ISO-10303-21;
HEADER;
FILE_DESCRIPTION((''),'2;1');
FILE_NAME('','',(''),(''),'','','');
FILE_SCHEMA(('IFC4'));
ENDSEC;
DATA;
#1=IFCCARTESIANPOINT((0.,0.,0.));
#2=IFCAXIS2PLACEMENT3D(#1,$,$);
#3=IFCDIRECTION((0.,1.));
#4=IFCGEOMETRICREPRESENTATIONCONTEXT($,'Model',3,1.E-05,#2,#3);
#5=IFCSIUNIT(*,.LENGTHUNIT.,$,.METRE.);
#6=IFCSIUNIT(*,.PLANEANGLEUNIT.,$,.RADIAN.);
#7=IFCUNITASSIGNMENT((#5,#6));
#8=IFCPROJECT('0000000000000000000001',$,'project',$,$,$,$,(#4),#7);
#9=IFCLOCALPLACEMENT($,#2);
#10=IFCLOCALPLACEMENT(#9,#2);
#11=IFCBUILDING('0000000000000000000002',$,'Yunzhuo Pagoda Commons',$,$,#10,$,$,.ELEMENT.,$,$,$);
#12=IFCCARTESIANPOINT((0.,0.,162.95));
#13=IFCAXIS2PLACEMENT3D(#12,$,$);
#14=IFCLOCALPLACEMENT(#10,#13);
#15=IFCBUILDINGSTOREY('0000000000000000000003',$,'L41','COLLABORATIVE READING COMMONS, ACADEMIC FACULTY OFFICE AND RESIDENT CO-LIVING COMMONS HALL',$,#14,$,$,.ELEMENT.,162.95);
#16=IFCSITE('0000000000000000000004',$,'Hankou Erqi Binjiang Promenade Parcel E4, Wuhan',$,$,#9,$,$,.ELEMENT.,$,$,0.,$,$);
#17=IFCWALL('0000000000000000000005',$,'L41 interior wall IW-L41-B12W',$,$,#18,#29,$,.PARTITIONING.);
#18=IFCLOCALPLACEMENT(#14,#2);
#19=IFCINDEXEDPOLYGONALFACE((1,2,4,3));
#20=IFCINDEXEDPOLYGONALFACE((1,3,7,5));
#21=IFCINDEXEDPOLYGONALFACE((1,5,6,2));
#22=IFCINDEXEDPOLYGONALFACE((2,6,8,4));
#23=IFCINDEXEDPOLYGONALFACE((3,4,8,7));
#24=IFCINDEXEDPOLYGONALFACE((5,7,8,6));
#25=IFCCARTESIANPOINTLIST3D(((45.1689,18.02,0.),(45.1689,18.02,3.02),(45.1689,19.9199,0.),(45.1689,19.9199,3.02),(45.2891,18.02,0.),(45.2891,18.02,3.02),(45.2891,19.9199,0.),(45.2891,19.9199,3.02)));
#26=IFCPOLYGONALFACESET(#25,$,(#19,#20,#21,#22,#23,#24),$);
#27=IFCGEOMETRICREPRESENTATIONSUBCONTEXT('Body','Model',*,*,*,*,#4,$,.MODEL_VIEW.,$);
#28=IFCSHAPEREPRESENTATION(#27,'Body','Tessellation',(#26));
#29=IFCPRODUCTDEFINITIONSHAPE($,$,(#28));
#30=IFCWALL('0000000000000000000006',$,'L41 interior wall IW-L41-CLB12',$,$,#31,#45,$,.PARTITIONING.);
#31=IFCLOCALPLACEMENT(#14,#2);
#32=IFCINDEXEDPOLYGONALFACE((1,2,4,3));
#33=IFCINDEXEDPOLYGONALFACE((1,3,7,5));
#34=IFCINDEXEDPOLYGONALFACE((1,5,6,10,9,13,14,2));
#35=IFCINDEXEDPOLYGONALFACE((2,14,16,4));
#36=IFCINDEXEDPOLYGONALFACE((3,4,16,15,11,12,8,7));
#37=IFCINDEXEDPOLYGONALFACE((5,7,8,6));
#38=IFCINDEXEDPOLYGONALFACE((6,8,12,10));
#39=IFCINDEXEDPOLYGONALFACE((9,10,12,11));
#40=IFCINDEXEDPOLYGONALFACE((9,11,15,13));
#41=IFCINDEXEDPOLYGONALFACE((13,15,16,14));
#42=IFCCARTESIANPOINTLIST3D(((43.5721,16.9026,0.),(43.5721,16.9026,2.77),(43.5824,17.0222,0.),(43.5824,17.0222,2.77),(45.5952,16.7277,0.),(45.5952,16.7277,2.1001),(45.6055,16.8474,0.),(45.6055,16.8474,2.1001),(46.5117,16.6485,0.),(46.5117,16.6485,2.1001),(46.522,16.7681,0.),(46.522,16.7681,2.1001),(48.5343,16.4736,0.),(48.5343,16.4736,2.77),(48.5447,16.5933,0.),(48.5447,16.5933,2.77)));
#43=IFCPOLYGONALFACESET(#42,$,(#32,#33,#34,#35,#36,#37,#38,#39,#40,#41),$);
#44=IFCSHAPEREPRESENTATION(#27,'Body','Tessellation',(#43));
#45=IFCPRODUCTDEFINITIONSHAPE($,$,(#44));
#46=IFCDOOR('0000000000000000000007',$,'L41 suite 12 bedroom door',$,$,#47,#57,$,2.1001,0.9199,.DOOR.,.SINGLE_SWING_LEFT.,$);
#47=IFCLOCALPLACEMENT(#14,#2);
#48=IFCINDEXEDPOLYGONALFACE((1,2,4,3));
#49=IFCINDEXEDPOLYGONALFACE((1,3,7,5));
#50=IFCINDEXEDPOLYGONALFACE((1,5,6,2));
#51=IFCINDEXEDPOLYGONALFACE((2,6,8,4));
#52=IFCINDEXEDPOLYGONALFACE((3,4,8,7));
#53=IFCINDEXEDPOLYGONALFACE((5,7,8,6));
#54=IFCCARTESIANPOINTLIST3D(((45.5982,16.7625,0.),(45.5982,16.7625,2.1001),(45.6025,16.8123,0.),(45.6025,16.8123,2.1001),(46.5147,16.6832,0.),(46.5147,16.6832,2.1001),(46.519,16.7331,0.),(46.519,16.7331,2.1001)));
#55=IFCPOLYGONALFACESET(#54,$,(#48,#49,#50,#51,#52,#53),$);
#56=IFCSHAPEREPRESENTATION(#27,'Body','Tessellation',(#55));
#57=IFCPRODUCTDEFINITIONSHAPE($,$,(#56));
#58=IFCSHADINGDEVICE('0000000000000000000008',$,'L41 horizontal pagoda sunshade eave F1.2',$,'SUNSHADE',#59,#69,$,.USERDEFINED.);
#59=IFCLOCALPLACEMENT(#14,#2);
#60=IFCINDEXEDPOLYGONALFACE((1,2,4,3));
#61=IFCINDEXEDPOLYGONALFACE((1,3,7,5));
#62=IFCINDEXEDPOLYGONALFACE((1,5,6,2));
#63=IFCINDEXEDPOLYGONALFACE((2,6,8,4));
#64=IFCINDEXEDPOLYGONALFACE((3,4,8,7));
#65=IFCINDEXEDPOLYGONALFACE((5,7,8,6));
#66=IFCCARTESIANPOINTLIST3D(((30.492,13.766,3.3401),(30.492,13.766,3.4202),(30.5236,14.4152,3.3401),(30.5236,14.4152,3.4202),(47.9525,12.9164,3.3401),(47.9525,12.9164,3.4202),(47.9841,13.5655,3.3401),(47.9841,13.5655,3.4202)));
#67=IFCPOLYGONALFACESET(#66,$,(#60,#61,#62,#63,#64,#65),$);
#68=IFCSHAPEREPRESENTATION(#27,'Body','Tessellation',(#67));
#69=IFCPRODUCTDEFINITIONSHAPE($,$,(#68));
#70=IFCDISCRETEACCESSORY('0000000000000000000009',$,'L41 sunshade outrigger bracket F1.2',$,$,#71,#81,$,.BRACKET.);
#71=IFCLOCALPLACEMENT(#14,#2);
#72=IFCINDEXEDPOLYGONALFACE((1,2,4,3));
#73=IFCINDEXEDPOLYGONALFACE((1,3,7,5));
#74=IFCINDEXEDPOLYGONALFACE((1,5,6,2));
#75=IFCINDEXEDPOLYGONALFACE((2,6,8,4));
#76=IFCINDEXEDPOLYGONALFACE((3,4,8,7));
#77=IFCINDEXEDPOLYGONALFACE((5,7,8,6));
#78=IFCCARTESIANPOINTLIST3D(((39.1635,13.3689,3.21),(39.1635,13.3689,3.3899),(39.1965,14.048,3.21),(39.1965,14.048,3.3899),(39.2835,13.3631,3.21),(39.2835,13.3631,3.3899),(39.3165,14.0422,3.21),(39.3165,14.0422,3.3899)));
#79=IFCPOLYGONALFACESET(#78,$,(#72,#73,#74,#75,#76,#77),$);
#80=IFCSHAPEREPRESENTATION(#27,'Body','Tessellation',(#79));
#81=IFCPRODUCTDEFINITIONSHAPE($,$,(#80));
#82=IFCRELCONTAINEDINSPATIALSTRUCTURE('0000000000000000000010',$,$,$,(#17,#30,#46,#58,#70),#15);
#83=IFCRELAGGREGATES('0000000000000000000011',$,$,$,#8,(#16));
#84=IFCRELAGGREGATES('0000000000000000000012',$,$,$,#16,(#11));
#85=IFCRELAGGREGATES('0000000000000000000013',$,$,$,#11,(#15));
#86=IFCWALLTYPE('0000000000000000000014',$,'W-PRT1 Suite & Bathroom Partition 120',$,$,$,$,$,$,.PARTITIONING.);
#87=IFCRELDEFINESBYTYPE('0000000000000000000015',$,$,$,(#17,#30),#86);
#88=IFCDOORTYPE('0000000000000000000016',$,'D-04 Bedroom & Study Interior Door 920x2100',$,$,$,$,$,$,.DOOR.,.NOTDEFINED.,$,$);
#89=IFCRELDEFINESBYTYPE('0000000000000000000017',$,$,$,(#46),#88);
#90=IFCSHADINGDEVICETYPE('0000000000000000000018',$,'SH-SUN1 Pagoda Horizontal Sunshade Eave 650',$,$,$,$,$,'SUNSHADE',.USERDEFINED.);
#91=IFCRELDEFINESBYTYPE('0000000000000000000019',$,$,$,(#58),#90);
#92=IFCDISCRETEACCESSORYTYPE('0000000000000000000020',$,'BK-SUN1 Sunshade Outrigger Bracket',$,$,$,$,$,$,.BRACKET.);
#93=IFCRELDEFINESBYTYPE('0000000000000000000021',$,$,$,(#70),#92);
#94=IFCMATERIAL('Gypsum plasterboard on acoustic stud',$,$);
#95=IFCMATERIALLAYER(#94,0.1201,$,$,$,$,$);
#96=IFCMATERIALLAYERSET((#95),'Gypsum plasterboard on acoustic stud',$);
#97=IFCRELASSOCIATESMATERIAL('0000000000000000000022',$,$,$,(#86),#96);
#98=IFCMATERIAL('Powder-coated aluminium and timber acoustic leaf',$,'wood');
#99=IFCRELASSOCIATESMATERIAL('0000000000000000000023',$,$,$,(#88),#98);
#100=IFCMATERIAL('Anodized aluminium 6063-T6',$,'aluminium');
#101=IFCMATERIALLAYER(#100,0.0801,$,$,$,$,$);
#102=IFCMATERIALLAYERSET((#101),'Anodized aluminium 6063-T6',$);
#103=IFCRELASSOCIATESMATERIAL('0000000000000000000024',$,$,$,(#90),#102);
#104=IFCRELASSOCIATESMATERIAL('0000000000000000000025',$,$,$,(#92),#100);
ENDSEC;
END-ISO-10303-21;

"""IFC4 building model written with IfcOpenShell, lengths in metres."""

from ifc_helpers import new_model, si_unit, direction, frame, frame_2d, origin, origin_with_axes, origin_2d, place, context, subcontext, project, spatial, rectangle, extrude, source, transform, mapped, material, layer, layer_set, type_object, element, fill, save


model = new_model("IFC4")

# Units and contexts
model_context = context("Model", 3, precision=1e-05, world=origin(), true_north=direction((0.0, 1.0)))
body_context = subcontext(model_context, "Body", "Model", "MODEL_VIEW")
ifc_project = project(units=[si_unit("LENGTHUNIT", "METRE"), si_unit("PLANEANGLEUNIT", "RADIAN")], contexts=[model_context])

# Site, building, storey
site_placement = place(None, origin())
site = spatial("IfcSite", under=ifc_project, at=site_placement, Name="Hankou Erqi Binjiang Promenade Parcel E4, Wuhan", CompositionType="ELEMENT", RefElevation=0.0)
building_placement = place(site_placement, origin())
building = spatial("IfcBuilding", under=site, at=building_placement, Name="Yunzhuo Pagoda Commons", CompositionType="ELEMENT")
storey_placement = place(building_placement, frame((0.0, 0.0, 162.95)))
storey = spatial("IfcBuildingStorey", under=building, at=storey_placement, Name="L41", Description="COLLABORATIVE READING COMMONS, ACADEMIC FACULTY OFFICE AND RESIDENT CO-LIVING COMMONS HALL", CompositionType="ELEMENT", Elevation=162.95)

# Shared definitions
ifc_material_1 = material(Name="Anodized aluminium 6063-T6", Category="aluminium")

# Shared definitions
ifc_material_2 = material(Name="Gypsum plasterboard on acoustic stud")
ifc_layer_1 = layer(ifc_material_2, 0.1201)
ifc_layer_set_1 = layer_set([ifc_layer_1], Name="Gypsum plasterboard on acoustic stud")
wall_type = type_object("IfcWallType", Name="W-PRT1 Suite & Bathroom Partition 120", PredefinedType="PARTITIONING", material=ifc_layer_set_1)
ifc_material_3 = material(Name="Powder-coated aluminium and timber acoustic leaf", Category="wood")

# Wall
wall_1_placement = place(storey_placement, frame((45.229, 19.9199, 0.0), z_axis=(0.0, 0.0, 1.0), x_axis=(0.0, -1.0, 0.0)))
element("IfcWall", 1, at=wall_1_placement, inside=storey, type_object=wall_type, Name="L41 interior wall IW-L41-B12W", PredefinedType="PARTITIONING", context=body_context, shape_type="SweptSolid", body=[
    extrude(rectangle(XDim=1.8999, YDim=0.1201, at=frame_2d((0.95, 0.0))), origin(), (0.0, 0.0, 1.0), 3.02),
])

# Wall, opening, door
wall_2_placement = place(storey_placement, frame((43.5774, 16.9624, 0.0), z_axis=(0.0, 0.0, 1.0), x_axis=(0.996284, -0.086124, 0.0)))
wall_2 = element("IfcWall", 2, at=wall_2_placement, inside=storey, type_object=wall_type, Name="L41 interior wall IW-L41-CLB12", PredefinedType="PARTITIONING", context=body_context, shape_type="SweptSolid", body=[
    extrude(rectangle(XDim=4.9807, YDim=0.1201, at=frame_2d((2.4902, 0.0))), origin(), (0.0, 0.0, 1.0), 2.77),
])
opening_1_placement = place(wall_2_placement, frame((2.0305, 0.0, 0.0)))
opening_1 = element("IfcOpeningElement", 3, at=opening_1_placement, cuts=wall_2, PredefinedType="OPENING", context=body_context, shape_type="SweptSolid", body=[
    extrude(rectangle(XDim=0.9199, YDim=2.1001, at=frame_2d((0.46, 1.05))), frame((0.0, 0.0701, 0.0), z_axis=(0.0, -1.0, 0.0), x_axis=(1.0, 0.0, 0.0)), (0.0, 0.0, 1.0), 0.1401),
])
door_type_1 = type_object("IfcDoorType", Name="D-04 Bedroom & Study Interior Door 920x2100", OperationType="NOTDEFINED", PredefinedType="DOOR", material=ifc_material_3)
shared_shape_1 = source(origin(), body_context, "Body", "SweptSolid", [
    extrude(rectangle(XDim=0.9199, YDim=2.1001, at=frame_2d((0.46, 1.05))), frame((0.0, 0.0249, 0.0), z_axis=(0.0, -1.0, 0.0), x_axis=(1.0, 0.0, 0.0)), (0.0, 0.0, 1.0), 0.05),
])
door_1_placement = place(opening_1_placement, origin_with_axes())
door_1 = element("IfcDoor", 4, at=door_1_placement, inside=storey, type_object=door_type_1, Name="L41 suite 12 bedroom door", OperationType="SINGLE_SWING_LEFT", OverallHeight=2.1001, OverallWidth=0.9199, PredefinedType="DOOR", context=body_context, shape_type="MappedRepresentation", body=[
    mapped(shared_shape_1, transform((0.0, 0.0, 0.0), scale=1.0)),
])
fill(opening_1, door_1)

# Shading device
ifc_layer_2 = layer(ifc_material_1, 0.0801)
ifc_layer_set_2 = layer_set([ifc_layer_2], Name="Anodized aluminium 6063-T6")
shading_device_type = type_object("IfcShadingDeviceType", Name="SH-SUN1 Pagoda Horizontal Sunshade Eave 650", ElementType="SUNSHADE", PredefinedType="USERDEFINED", material=ifc_layer_set_2)
shared_shape_2 = source(origin(), body_context, "Body", "SweptSolid", [
    extrude(rectangle(XDim=17.4812, YDim=0.6499, at=origin_2d()), origin(), (0.0, 0.0, 1.0), 0.0801),
])
shading_device_placement = place(storey_placement, frame((39.238, 13.6658, 3.3401), z_axis=(0.0, 0.0, 1.0), x_axis=(0.998818, -0.048606, 0.0)))
element("IfcShadingDevice", 5, at=shading_device_placement, inside=storey, type_object=shading_device_type, Name="L41 horizontal pagoda sunshade eave F1.2", ObjectType="SUNSHADE", PredefinedType="USERDEFINED", context=body_context, shape_type="MappedRepresentation", body=[
    mapped(shared_shape_2, transform((0.0, 0.0, 0.0), scale=1.0)),
])

# Discrete accessory
discrete_accessory_type = type_object("IfcDiscreteAccessoryType", Name="BK-SUN1 Sunshade Outrigger Bracket", PredefinedType="BRACKET", material=ifc_material_1)
shared_shape_3 = source(origin(), body_context, "Body", "SweptSolid", [
    extrude(rectangle(XDim=0.1201, YDim=0.6799, at=origin_2d()), origin(), (0.0, 0.0, 1.0), 0.1799),
])
discrete_accessory_placement = place(storey_placement, frame((39.24, 13.7056, 3.21), z_axis=(0.0, 0.0, 1.0), x_axis=(0.998818, -0.048606, 0.0)))
element("IfcDiscreteAccessory", 6, at=discrete_accessory_placement, inside=storey, type_object=discrete_accessory_type, Name="L41 sunshade outrigger bracket F1.2", PredefinedType="BRACKET", context=body_context, shape_type="MappedRepresentation", body=[
    mapped(shared_shape_3, transform((0.0, 0.0, 0.0), scale=1.0)),
])

save(model, "model.ifc")
